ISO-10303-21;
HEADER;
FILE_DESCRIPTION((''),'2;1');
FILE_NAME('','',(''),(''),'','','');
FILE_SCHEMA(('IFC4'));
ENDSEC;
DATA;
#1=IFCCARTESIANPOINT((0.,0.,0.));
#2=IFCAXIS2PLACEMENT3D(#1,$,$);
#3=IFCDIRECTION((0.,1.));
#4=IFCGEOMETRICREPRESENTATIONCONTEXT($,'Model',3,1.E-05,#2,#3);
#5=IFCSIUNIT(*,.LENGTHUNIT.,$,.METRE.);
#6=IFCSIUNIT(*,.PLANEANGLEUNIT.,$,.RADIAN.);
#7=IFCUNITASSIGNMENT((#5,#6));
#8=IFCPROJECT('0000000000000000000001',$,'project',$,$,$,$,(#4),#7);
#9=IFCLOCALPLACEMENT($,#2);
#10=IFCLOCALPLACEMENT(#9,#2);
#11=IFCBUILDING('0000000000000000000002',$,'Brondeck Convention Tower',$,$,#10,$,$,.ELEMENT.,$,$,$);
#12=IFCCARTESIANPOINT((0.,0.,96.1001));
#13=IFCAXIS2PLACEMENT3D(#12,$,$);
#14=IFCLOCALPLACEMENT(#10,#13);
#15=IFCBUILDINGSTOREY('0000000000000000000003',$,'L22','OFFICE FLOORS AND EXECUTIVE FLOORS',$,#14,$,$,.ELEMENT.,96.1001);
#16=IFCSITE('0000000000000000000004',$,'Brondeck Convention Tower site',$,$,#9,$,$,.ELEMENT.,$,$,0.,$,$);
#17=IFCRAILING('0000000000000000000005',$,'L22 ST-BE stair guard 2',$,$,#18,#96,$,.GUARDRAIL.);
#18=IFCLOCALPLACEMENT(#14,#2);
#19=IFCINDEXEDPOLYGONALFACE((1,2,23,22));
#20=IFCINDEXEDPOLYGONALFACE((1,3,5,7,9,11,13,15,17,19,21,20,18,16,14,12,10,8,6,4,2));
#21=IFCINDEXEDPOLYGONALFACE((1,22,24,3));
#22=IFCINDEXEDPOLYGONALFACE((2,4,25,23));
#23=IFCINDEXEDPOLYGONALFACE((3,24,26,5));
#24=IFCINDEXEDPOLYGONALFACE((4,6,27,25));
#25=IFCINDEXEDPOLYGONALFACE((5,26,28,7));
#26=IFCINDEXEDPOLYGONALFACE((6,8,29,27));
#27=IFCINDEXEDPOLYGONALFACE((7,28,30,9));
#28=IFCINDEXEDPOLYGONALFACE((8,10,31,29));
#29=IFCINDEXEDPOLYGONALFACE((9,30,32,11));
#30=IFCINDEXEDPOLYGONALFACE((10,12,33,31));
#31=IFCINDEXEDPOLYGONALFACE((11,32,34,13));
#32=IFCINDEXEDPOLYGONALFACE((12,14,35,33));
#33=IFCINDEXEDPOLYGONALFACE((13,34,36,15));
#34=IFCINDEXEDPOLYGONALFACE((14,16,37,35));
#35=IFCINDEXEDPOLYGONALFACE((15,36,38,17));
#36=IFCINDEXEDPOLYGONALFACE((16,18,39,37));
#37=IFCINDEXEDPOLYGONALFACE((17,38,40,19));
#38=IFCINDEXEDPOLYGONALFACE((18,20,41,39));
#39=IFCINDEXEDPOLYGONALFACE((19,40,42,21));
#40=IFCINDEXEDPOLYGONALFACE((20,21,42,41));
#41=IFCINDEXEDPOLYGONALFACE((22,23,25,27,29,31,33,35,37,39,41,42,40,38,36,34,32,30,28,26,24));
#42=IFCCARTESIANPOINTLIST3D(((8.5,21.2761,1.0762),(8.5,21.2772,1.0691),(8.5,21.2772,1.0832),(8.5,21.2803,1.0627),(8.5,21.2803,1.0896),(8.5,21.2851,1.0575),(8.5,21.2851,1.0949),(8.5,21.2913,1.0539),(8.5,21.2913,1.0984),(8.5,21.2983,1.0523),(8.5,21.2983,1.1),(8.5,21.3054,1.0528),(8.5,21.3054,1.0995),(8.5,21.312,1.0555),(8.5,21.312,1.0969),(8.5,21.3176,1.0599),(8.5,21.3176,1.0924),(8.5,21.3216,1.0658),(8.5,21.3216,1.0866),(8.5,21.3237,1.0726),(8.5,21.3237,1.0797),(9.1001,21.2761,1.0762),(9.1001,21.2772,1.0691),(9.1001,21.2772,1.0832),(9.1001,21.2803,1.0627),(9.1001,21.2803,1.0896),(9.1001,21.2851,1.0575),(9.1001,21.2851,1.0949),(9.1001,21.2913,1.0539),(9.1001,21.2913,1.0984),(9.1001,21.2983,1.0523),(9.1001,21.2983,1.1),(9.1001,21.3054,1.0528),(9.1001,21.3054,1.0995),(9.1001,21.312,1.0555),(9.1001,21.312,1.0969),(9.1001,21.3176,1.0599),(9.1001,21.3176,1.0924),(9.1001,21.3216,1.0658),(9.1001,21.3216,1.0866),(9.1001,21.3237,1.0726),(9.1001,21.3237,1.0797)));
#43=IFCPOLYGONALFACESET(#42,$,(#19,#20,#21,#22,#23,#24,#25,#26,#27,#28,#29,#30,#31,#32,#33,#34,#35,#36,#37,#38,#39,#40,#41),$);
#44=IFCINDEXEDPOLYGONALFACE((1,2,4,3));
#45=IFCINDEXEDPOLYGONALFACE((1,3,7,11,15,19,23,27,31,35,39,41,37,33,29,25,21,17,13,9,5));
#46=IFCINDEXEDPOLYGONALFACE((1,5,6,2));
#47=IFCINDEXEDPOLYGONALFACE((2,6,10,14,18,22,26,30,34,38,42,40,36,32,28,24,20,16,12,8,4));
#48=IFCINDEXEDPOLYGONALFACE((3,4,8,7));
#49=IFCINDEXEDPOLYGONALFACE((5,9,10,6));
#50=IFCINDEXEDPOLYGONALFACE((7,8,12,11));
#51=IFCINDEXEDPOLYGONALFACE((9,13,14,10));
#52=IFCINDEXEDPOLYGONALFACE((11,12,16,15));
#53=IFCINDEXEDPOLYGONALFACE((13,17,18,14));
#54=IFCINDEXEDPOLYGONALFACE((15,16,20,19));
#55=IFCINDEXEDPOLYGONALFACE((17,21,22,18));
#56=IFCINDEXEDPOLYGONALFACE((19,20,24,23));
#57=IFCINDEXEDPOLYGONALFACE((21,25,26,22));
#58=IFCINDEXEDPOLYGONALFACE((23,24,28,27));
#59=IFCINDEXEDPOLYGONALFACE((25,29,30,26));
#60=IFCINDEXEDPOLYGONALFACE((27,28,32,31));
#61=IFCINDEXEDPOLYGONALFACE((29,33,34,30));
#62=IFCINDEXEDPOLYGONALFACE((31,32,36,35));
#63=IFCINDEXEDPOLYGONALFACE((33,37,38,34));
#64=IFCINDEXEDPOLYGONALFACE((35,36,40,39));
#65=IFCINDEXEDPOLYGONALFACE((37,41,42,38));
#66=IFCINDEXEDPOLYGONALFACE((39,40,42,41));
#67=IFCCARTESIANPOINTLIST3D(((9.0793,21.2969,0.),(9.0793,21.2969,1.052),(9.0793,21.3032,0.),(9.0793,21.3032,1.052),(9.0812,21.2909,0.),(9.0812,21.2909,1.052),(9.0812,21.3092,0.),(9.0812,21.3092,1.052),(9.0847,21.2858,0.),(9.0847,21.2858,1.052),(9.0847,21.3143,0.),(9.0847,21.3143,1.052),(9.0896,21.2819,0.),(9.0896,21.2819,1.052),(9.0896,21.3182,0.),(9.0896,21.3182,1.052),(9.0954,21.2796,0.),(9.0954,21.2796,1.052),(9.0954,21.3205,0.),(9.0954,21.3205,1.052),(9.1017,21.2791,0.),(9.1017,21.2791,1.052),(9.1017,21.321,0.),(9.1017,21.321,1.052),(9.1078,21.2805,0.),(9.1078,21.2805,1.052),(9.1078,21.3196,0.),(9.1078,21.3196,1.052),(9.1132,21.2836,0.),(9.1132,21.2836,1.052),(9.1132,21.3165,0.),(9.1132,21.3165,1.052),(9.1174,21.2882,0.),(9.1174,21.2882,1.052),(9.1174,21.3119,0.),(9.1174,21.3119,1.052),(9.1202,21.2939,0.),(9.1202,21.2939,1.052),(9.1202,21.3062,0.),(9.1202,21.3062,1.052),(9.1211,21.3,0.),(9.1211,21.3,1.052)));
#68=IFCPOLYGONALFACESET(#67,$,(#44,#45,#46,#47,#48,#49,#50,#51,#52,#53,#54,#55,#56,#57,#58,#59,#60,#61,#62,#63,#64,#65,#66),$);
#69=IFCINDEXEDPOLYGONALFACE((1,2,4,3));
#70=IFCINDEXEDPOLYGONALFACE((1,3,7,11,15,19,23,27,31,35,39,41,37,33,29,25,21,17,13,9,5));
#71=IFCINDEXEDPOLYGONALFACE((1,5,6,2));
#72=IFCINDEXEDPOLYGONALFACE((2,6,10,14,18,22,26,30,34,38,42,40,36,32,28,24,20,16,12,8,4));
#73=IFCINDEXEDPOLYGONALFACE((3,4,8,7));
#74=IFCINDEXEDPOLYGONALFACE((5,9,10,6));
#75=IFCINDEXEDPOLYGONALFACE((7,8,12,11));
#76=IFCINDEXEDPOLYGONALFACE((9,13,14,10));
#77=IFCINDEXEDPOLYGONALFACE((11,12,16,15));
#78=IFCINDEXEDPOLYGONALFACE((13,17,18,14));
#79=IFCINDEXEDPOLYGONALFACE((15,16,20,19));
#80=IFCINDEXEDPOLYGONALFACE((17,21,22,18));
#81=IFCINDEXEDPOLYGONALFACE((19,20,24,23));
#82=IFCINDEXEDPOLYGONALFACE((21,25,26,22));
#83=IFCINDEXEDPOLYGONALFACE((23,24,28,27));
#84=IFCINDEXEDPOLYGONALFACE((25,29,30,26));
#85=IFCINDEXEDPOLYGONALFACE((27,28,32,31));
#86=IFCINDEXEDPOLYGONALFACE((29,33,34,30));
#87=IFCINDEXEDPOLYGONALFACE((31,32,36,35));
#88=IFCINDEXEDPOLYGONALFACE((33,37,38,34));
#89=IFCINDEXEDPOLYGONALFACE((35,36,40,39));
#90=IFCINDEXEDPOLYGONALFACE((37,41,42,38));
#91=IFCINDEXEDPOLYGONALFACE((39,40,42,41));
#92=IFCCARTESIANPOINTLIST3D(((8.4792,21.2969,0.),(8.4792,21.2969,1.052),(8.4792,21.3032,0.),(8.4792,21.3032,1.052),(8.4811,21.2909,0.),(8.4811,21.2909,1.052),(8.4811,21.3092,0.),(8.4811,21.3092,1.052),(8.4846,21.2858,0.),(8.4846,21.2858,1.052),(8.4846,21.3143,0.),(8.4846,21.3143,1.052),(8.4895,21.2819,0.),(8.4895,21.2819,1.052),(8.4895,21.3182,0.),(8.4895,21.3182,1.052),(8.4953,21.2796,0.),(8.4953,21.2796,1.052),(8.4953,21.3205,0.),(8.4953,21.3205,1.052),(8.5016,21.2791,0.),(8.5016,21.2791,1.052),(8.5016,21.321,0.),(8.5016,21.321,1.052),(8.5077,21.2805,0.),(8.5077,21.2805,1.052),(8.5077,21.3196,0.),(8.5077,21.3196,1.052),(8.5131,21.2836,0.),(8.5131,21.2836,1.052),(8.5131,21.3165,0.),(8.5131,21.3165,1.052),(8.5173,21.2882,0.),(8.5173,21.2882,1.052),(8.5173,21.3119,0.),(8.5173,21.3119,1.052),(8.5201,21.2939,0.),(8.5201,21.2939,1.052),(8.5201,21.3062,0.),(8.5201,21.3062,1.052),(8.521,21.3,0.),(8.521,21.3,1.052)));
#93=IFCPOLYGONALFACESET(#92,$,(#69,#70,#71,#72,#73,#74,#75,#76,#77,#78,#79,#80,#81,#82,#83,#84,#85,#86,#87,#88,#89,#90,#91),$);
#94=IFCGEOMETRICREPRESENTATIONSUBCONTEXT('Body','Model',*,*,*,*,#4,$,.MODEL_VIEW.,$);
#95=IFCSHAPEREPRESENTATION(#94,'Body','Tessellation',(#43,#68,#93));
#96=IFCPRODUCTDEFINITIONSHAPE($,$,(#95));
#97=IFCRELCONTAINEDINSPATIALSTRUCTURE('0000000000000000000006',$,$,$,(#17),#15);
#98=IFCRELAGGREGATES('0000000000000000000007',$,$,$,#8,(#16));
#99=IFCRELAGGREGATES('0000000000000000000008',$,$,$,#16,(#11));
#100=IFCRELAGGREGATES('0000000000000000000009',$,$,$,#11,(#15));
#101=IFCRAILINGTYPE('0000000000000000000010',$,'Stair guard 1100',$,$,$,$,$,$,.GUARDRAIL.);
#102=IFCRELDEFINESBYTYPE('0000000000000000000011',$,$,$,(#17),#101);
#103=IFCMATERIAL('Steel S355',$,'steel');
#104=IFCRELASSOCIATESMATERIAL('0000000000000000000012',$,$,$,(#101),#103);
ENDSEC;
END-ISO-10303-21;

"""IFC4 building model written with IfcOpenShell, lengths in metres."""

from ifc_helpers import new_model, si_unit, direction, frame, origin, origin_2d, place, context, subcontext, project, spatial, circle, extrude, material, type_object, element, save


model = new_model("IFC4")

# Units and contexts
model_context = context("Model", 3, precision=1e-05, world=origin(), true_north=direction((0.0, 1.0)))
body_context = subcontext(model_context, "Body", "Model", "MODEL_VIEW")
ifc_project = project(units=[si_unit("LENGTHUNIT", "METRE"), si_unit("PLANEANGLEUNIT", "RADIAN")], contexts=[model_context])

# Site, building, storey
site_placement = place(None, origin())
site = spatial("IfcSite", under=ifc_project, at=site_placement, Name="Brondeck Convention Tower site", CompositionType="ELEMENT", RefElevation=0.0)
building_placement = place(site_placement, origin())
building = spatial("IfcBuilding", under=site, at=building_placement, Name="Brondeck Convention Tower", CompositionType="ELEMENT")
storey_placement = place(building_placement, frame((0.0, 0.0, 96.1001)))
storey = spatial("IfcBuildingStorey", under=building, at=storey_placement, Name="L22", Description="OFFICE FLOORS AND EXECUTIVE FLOORS", CompositionType="ELEMENT", Elevation=96.1001)

# Shared definitions
ifc_material_1 = material(Name="Steel S355", Category="steel")

# Railing
railing_type_1 = type_object("IfcRailingType", Name="Stair guard 1100", PredefinedType="GUARDRAIL", material=ifc_material_1)
railing_1_placement = place(storey_placement, frame((9.1001, 21.3, 0.0)))
element("IfcRailing", 1, at=railing_1_placement, inside=storey, type_object=railing_type_1, Name="L22 ST-BE stair guard 2", PredefinedType="GUARDRAIL", context=body_context, shape_type="SweptSolid", body=[
    extrude(circle(Radius=0.0239, at=origin_2d()), frame((0.0, 0.0, 1.0762), z_axis=(-1.0, 0.0, 0.0), x_axis=(0.0, -1.0, 0.0)), (0.0, 0.0, 1.0), 0.6001),
    extrude(circle(Radius=0.021, at=origin_2d()), origin(), (0.0, 0.0, 1.0), 1.052),
    extrude(circle(Radius=0.021, at=origin_2d()), frame((-0.6001, 0.0, 0.0)), (0.0, 0.0, 1.0), 1.052),
])

save(model, "model.ifc")
